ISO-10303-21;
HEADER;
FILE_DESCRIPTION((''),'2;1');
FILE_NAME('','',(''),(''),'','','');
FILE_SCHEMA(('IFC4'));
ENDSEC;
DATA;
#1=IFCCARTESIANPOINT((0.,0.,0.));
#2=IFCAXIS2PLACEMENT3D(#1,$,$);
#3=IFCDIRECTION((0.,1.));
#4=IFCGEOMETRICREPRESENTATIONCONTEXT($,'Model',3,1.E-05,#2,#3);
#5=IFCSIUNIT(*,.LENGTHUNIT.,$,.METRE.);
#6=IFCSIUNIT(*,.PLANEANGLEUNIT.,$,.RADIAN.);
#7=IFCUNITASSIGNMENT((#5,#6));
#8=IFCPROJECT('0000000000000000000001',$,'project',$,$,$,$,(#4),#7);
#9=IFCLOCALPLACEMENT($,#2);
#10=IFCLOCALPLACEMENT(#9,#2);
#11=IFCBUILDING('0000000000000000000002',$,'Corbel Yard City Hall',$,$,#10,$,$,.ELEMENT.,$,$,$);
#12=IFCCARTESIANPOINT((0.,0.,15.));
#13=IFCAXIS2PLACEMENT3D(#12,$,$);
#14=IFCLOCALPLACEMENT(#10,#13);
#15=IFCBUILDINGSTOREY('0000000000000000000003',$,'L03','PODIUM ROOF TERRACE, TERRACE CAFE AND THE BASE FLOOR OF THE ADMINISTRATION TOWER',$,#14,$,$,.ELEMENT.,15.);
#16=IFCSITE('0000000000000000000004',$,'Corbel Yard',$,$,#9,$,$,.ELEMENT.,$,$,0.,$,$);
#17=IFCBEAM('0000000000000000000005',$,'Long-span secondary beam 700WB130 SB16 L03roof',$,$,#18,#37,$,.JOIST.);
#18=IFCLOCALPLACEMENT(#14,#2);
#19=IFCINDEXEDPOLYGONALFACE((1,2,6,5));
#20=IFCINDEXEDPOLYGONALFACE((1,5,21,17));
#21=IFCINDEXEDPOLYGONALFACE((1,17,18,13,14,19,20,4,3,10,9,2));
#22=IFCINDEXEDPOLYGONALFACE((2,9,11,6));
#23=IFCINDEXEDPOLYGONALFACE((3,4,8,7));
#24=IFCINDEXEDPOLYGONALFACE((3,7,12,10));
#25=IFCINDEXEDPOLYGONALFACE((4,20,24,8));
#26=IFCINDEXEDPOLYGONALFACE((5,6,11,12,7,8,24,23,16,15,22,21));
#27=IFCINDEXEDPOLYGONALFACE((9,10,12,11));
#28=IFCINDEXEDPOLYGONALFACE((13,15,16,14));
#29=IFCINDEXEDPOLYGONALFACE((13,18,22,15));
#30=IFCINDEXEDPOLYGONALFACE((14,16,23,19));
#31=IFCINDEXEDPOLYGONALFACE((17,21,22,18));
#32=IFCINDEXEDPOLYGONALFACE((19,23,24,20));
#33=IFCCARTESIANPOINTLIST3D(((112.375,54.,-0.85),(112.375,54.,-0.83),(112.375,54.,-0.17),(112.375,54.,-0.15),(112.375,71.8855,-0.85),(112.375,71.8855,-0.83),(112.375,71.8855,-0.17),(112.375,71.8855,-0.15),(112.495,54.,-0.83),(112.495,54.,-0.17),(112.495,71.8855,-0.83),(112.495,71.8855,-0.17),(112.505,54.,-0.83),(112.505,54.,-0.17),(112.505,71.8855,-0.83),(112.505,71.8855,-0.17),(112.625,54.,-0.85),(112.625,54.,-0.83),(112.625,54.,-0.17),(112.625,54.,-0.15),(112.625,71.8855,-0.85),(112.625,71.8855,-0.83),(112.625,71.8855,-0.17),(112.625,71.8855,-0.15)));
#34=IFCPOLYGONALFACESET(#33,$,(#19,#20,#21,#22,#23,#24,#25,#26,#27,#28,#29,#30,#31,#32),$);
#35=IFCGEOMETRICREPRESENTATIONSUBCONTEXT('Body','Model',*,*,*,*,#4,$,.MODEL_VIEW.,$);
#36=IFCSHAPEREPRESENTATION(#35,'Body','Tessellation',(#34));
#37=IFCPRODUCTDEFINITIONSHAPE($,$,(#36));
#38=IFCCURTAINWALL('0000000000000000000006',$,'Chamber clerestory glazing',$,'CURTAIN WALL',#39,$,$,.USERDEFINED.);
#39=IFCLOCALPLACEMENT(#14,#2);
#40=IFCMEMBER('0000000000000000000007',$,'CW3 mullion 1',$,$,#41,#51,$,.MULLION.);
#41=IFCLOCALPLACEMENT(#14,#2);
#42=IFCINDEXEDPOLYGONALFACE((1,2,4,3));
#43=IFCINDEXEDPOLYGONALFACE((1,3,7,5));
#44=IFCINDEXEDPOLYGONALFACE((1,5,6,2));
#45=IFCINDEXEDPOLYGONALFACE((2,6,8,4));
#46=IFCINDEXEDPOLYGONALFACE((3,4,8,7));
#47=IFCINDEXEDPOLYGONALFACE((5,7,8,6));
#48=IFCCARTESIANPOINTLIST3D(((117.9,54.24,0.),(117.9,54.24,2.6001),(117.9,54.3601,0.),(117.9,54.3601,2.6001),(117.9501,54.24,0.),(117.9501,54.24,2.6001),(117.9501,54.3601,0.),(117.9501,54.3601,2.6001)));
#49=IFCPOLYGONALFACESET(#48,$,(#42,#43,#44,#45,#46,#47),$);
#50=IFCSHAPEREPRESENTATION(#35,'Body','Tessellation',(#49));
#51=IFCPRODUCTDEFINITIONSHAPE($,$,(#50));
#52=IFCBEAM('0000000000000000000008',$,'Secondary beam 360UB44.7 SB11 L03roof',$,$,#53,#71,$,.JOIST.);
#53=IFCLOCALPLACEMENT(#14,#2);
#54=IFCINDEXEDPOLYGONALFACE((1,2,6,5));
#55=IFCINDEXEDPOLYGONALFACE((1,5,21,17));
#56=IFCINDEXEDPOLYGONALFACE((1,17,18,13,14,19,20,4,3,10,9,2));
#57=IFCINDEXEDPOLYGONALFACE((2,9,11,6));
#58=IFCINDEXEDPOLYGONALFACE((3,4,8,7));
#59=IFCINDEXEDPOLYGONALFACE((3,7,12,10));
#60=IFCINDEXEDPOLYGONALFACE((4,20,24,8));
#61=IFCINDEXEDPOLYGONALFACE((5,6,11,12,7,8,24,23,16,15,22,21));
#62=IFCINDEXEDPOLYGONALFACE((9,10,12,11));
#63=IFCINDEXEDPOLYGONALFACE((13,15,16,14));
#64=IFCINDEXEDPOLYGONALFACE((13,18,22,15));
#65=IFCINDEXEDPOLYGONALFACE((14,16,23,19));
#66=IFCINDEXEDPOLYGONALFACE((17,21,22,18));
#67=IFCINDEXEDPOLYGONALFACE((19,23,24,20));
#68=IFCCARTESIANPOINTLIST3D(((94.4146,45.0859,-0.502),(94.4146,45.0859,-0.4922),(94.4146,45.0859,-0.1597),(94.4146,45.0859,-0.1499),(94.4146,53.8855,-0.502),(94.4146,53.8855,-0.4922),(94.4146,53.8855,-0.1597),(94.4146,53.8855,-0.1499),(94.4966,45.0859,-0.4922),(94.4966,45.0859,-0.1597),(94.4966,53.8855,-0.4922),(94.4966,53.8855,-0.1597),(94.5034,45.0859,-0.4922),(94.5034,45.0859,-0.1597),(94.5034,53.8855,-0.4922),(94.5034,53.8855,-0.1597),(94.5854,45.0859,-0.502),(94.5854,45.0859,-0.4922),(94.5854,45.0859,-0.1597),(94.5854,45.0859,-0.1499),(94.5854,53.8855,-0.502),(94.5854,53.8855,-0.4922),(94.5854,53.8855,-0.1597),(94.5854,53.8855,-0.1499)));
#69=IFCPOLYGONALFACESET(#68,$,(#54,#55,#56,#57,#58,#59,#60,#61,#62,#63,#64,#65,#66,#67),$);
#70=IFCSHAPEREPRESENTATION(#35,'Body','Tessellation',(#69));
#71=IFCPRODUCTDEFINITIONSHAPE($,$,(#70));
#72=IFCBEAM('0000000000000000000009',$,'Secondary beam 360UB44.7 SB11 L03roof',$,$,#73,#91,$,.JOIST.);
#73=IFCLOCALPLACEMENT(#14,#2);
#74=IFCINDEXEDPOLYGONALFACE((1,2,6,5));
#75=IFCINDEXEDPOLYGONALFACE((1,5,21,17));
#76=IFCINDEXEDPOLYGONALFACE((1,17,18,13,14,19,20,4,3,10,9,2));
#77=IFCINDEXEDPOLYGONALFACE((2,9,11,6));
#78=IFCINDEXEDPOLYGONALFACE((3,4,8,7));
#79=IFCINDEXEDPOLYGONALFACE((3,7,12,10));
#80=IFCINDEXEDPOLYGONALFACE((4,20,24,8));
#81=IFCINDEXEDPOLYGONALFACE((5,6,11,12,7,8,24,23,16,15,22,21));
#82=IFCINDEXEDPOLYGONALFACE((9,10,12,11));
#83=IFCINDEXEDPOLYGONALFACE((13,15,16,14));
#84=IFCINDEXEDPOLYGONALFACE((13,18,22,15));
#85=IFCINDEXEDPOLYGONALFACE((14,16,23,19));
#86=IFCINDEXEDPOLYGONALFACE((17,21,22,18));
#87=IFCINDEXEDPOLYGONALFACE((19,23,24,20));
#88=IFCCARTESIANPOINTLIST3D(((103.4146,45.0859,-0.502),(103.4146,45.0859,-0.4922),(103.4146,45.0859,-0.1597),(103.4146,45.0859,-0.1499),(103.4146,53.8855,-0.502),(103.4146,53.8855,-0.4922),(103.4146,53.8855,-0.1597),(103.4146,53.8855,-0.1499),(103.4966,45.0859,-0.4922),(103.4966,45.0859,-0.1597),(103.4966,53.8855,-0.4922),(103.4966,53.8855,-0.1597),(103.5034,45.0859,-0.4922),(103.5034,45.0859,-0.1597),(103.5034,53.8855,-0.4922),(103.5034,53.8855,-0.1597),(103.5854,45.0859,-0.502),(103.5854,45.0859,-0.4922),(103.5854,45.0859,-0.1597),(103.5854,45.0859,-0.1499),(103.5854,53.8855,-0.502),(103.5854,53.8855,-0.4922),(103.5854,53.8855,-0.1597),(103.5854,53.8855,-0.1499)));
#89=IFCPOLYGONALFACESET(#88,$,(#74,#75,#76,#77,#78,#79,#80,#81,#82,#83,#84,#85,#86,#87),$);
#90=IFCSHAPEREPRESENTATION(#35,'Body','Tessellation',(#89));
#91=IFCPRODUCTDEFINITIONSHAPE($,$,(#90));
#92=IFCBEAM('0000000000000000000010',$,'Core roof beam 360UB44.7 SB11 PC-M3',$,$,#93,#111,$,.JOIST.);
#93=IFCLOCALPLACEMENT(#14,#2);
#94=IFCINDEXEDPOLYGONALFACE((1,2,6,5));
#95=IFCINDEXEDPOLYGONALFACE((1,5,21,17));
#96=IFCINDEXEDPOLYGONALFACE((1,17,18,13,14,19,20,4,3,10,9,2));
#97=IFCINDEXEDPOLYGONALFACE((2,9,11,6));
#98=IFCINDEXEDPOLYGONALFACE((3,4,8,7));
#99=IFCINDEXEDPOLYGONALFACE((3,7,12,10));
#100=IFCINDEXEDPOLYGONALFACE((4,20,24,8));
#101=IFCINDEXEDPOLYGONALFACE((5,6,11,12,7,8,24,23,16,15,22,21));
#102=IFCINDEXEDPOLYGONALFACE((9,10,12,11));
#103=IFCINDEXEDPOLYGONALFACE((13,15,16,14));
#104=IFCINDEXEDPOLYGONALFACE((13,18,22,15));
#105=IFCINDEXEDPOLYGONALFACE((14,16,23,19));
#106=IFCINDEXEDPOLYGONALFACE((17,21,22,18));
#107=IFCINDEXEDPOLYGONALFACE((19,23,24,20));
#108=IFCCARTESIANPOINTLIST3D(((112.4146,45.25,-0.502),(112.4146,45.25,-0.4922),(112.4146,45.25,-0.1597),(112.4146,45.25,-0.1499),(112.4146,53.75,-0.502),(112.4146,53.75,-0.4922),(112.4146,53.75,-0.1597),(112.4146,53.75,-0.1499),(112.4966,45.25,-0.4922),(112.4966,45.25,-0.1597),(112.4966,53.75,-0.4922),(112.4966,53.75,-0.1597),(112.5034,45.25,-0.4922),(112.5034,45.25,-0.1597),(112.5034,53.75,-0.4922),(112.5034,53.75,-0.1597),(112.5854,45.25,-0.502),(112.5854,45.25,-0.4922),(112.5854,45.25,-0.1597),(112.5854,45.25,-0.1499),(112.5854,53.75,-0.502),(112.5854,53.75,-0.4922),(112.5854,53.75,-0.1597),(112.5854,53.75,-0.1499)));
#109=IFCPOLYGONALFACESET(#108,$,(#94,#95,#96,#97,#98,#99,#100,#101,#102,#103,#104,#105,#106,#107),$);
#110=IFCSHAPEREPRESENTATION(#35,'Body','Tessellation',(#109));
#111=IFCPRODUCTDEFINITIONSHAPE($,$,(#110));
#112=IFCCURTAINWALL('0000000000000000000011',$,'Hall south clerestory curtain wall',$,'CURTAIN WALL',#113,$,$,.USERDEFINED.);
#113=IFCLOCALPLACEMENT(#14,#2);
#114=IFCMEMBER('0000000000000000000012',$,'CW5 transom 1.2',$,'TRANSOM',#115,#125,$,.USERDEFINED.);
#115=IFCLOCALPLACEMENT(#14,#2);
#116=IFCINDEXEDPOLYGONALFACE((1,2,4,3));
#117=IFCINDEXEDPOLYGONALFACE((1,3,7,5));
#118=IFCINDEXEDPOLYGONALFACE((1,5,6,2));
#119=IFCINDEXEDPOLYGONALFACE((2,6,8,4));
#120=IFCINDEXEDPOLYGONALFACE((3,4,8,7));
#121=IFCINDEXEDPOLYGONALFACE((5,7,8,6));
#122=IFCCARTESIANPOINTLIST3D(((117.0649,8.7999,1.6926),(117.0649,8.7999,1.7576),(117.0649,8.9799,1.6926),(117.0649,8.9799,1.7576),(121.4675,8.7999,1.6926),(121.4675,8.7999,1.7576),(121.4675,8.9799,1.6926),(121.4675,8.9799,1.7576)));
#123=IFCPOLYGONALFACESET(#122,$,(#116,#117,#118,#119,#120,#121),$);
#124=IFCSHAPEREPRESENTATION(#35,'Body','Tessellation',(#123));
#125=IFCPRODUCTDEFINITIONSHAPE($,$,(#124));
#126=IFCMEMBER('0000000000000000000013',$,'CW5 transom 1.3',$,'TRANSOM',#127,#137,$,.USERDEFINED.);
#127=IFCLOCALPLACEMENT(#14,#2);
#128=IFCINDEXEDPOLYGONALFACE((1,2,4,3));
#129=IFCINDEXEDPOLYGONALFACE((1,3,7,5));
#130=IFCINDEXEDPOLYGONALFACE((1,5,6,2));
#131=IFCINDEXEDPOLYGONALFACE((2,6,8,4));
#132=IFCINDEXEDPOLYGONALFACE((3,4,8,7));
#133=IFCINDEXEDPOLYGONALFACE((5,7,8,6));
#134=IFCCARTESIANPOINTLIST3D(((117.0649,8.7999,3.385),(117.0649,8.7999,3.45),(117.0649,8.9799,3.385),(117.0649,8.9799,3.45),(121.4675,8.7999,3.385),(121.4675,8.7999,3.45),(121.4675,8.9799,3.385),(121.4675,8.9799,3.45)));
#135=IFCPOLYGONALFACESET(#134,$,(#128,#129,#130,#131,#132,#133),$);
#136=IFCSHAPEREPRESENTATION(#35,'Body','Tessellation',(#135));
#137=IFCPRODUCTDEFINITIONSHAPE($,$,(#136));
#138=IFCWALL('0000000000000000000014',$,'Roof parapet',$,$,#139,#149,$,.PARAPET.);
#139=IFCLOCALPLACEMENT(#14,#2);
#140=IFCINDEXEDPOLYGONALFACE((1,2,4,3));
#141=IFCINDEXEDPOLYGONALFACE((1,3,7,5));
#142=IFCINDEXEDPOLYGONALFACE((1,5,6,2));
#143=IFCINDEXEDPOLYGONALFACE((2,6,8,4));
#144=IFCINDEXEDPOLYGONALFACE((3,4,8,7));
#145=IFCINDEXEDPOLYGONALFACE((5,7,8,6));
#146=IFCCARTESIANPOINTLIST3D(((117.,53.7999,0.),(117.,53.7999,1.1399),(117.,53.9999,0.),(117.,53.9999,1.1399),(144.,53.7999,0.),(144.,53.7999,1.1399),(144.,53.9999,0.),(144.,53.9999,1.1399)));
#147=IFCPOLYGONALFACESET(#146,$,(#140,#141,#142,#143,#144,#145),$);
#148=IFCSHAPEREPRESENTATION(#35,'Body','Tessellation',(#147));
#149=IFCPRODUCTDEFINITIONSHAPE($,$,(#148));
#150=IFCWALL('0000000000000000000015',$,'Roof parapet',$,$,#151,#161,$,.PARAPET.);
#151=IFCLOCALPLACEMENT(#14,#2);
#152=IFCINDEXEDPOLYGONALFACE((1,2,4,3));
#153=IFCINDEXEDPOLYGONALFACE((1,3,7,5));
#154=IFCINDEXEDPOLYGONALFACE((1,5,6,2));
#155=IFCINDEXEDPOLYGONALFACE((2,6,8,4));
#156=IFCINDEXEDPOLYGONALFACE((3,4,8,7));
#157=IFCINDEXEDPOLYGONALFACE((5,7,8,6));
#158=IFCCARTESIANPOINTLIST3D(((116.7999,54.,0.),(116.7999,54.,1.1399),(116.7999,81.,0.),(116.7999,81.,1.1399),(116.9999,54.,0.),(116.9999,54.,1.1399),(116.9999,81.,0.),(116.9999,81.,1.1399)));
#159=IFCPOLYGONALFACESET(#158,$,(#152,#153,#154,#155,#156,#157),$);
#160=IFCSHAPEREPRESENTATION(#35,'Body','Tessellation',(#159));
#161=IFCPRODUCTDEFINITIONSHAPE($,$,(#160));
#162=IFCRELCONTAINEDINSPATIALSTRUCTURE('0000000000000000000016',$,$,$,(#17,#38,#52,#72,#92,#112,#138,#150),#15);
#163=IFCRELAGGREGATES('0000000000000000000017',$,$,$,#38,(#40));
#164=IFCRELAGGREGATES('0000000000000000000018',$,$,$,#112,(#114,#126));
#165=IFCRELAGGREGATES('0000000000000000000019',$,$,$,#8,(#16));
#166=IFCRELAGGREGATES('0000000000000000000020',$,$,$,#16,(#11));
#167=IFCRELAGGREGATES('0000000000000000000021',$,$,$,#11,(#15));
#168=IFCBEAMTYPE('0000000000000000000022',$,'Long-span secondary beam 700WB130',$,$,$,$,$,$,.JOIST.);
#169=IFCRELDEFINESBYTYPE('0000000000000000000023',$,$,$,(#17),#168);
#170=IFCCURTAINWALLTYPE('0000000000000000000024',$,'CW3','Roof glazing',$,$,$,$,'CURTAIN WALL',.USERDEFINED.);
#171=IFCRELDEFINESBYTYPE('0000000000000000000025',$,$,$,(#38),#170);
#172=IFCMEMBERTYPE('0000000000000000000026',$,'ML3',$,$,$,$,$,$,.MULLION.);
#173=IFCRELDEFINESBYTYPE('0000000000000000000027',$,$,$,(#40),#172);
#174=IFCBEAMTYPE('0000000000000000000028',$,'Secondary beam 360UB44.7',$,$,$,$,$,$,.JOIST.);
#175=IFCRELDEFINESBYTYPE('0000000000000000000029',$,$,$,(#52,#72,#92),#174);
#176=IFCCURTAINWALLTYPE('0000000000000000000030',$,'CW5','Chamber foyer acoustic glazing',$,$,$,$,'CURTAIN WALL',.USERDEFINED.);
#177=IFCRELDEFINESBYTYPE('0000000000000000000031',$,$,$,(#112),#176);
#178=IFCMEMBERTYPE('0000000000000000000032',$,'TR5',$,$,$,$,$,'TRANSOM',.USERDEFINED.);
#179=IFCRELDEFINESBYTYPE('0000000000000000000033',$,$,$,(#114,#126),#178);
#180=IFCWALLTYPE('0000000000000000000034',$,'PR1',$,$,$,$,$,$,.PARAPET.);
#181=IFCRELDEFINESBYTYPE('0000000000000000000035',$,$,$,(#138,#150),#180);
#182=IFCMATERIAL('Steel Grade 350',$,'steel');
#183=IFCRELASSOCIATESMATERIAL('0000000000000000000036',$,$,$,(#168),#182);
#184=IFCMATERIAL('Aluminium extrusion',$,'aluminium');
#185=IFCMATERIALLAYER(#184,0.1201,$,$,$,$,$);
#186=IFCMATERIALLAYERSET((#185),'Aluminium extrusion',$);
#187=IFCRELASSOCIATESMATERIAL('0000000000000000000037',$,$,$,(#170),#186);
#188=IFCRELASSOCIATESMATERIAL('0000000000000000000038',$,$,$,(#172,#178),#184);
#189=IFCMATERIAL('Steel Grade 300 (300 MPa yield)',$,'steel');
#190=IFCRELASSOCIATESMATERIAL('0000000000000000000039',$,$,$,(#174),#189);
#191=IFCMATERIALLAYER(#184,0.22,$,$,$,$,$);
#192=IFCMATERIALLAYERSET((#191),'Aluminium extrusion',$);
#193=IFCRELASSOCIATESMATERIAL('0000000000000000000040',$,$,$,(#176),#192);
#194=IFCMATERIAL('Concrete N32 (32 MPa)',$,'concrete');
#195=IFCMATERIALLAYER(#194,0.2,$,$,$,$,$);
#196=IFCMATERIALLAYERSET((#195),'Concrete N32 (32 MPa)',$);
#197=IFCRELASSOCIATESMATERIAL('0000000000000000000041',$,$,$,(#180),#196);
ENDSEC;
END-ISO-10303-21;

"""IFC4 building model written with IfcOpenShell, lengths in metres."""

from ifc_helpers import new_model, si_unit, direction, frame, frame_2d, origin, origin_2d, place, context, subcontext, project, spatial, rectangle, i_section, extrude, material, layer, layer_set, material_profile, profile_set, type_object, element, aggregate, save


model = new_model("IFC4")

# Units and contexts
model_context = context("Model", 3, precision=1e-05, world=origin(), true_north=direction((0.0, 1.0)))
body_context = subcontext(model_context, "Body", "Model", "MODEL_VIEW")
ifc_project = project(units=[si_unit("LENGTHUNIT", "METRE"), si_unit("PLANEANGLEUNIT", "RADIAN")], contexts=[model_context])

# Site, building, storey
site_placement = place(None, origin())
site = spatial("IfcSite", under=ifc_project, at=site_placement, Name="Corbel Yard", CompositionType="ELEMENT", RefElevation=0.0)
building_placement = place(site_placement, origin())
building = spatial("IfcBuilding", under=site, at=building_placement, Name="Corbel Yard City Hall", CompositionType="ELEMENT")
storey_placement = place(building_placement, frame((0.0, 0.0, 15.0)))
storey = spatial("IfcBuildingStorey", under=building, at=storey_placement, Name="L03", Description="PODIUM ROOF TERRACE, TERRACE CAFE AND THE BASE FLOOR OF THE ADMINISTRATION TOWER", CompositionType="ELEMENT", Elevation=15.0)

# Beam
ifc_material_1 = material(Name="Steel Grade 300 (300 MPa yield)", Category="steel")
ifc_material_2 = material(Name="Steel Grade 350", Category="steel")
ifc_material_profile_1 = material_profile(ifc_material_2, i_section(OverallWidth=0.25, OverallDepth=0.7, WebThickness=0.01, FlangeThickness=0.02, at=origin_2d()), Name="700WB130")
ifc_profile_set_1 = profile_set([ifc_material_profile_1], Name="Steel Grade 350")
beam_type_1 = type_object("IfcBeamType", Name="Long-span secondary beam 700WB130", PredefinedType="JOIST", material=ifc_profile_set_1)
beam_1_placement = place(storey_placement, frame((112.5, 54.0, -0.5), z_axis=(0.0, 1.0, 0.0), x_axis=(-1.0, 0.0, 0.0)))
element("IfcBeam", 1, at=beam_1_placement, inside=storey, type_object=beam_type_1, Name="Long-span secondary beam 700WB130 SB16 L03roof", PredefinedType="JOIST", context=body_context, shape_type="SweptSolid", body=[
    extrude(i_section(OverallWidth=0.25, OverallDepth=0.7, WebThickness=0.01, FlangeThickness=0.02, at=origin_2d()), origin(), (0.0, 0.0, 1.0), 17.8855),
])

# Curtain wall, member
ifc_material_3 = material(Name="Aluminium extrusion", Category="aluminium")
ifc_layer_1 = layer(ifc_material_3, 0.1201)
ifc_layer_set_1 = layer_set([ifc_layer_1], Name="Aluminium extrusion")
curtain_wall_type_1 = type_object("IfcCurtainWallType", Name="CW3", Description="Roof glazing", ElementType="CURTAIN WALL", PredefinedType="USERDEFINED", material=ifc_layer_set_1)
curtain_wall_1_placement = place(storey_placement, origin())
curtain_wall_1 = element("IfcCurtainWall", 2, at=curtain_wall_1_placement, inside=storey, type_object=curtain_wall_type_1, Name="Chamber clerestory glazing", ObjectType="CURTAIN WALL", PredefinedType="USERDEFINED")
ifc_material_profile_2 = material_profile(ifc_material_3, rectangle(XDim=0.1201, YDim=0.05, at=origin_2d()), Name="120x50")
ifc_profile_set_2 = profile_set([ifc_material_profile_2], Name="Aluminium extrusion")
member_type_1 = type_object("IfcMemberType", Name="ML3", PredefinedType="MULLION", material=ifc_profile_set_2)
member_1_placement = place(storey_placement, frame((117.925, 54.3, 0.0), z_axis=(0.0, 0.0, 1.0), x_axis=(0.0, 1.0, 0.0)))
member_1 = element("IfcMember", 3, at=member_1_placement, type_object=member_type_1, Name="CW3 mullion 1", PredefinedType="MULLION", context=body_context, shape_type="SweptSolid", body=[
    extrude(rectangle(XDim=0.1201, YDim=0.05, at=origin_2d()), origin(), (0.0, 0.0, 1.0), 2.6001),
])
aggregate(curtain_wall_1, [member_1])

# Beams
ifc_material_profile_3 = material_profile(ifc_material_1, i_section(OverallWidth=0.1709, OverallDepth=0.3521, WebThickness=0.0068, FlangeThickness=0.0098, at=origin_2d()), Name="360UB44.7")
ifc_profile_set_3 = profile_set([ifc_material_profile_3], Name="Steel Grade 300 (300 MPa yield)")
beam_type_2 = type_object("IfcBeamType", Name="Secondary beam 360UB44.7", PredefinedType="JOIST", material=ifc_profile_set_3)
for number, where, z_axis, x_axis, name in (
    (4, (94.5, 45.0859, -0.3259), (0.0, 1.0, 0.0), (-1.0, 0.0, 0.0), "Secondary beam 360UB44.7 SB11 L03roof"),
    (5, (103.5, 45.0859, -0.3259), (0.0, 1.0, 0.0), (-1.0, 0.0, 0.0), "Secondary beam 360UB44.7 SB11 L03roof"),
):
    element("IfcBeam", number, at=place(storey_placement, frame(where, z_axis=z_axis, x_axis=x_axis)), inside=storey, type_object=beam_type_2, Name=name, PredefinedType="JOIST", context=body_context, shape_type="SweptSolid", body=[
        extrude(i_section(OverallWidth=0.1709, OverallDepth=0.3521, WebThickness=0.0068, FlangeThickness=0.0098, at=origin_2d()), origin(), (0.0, 0.0, 1.0), 8.7996),
    ])
beam_2_placement = place(storey_placement, frame((112.5, 45.25, -0.3259), z_axis=(0.0, 1.0, 0.0), x_axis=(-1.0, 0.0, 0.0)))
element("IfcBeam", 6, at=beam_2_placement, inside=storey, type_object=beam_type_2, Name="Core roof beam 360UB44.7 SB11 PC-M3", PredefinedType="JOIST", context=body_context, shape_type="SweptSolid", body=[
    extrude(i_section(OverallWidth=0.1709, OverallDepth=0.3521, WebThickness=0.0068, FlangeThickness=0.0098, at=origin_2d()), origin(), (0.0, 0.0, 1.0), 8.5),
])

# Curtain wall, members
ifc_layer_2 = layer(ifc_material_3, 0.22)
ifc_layer_set_2 = layer_set([ifc_layer_2], Name="Aluminium extrusion")
curtain_wall_type_2 = type_object("IfcCurtainWallType", Name="CW5", Description="Chamber foyer acoustic glazing", ElementType="CURTAIN WALL", PredefinedType="USERDEFINED", material=ifc_layer_set_2)
curtain_wall_2_placement = place(storey_placement, origin())
curtain_wall_2 = element("IfcCurtainWall", 7, at=curtain_wall_2_placement, inside=storey, type_object=curtain_wall_type_2, Name="Hall south clerestory curtain wall", ObjectType="CURTAIN WALL", PredefinedType="USERDEFINED")
ifc_material_profile_4 = material_profile(ifc_material_3, rectangle(XDim=0.1799, YDim=0.0649, at=origin_2d()), Name="180x65")
ifc_profile_set_4 = profile_set([ifc_material_profile_4], Name="Aluminium extrusion")
member_type_2 = type_object("IfcMemberType", Name="TR5", ElementType="TRANSOM", PredefinedType="USERDEFINED", material=ifc_profile_set_4)
member_2_placement = place(storey_placement, frame((117.0649, 8.8899, 1.7251), z_axis=(1.0, 0.0, 0.0), x_axis=(0.0, 1.0, 0.0)))
member_2 = element("IfcMember", 8, at=member_2_placement, type_object=member_type_2, Name="CW5 transom 1.2", ObjectType="TRANSOM", PredefinedType="USERDEFINED", context=body_context, shape_type="SweptSolid", body=[
    extrude(rectangle(XDim=0.1799, YDim=0.0649, at=origin_2d()), origin(), (0.0, 0.0, 1.0), 4.4026),
])
member_3_placement = place(storey_placement, frame((117.0649, 8.8899, 3.4175), z_axis=(1.0, 0.0, 0.0), x_axis=(0.0, 1.0, 0.0)))
member_3 = element("IfcMember", 9, at=member_3_placement, type_object=member_type_2, Name="CW5 transom 1.3", ObjectType="TRANSOM", PredefinedType="USERDEFINED", context=body_context, shape_type="SweptSolid", body=[
    extrude(rectangle(XDim=0.1799, YDim=0.0649, at=origin_2d()), origin(), (0.0, 0.0, 1.0), 4.4026),
])
aggregate(curtain_wall_2, [member_2, member_3])

# Walls
ifc_material_4 = material(Name="Concrete N32 (32 MPa)", Category="concrete")
ifc_layer_3 = layer(ifc_material_4, 0.2)
ifc_layer_set_3 = layer_set([ifc_layer_3], Name="Concrete N32 (32 MPa)")
wall_type = type_object("IfcWallType", Name="PR1", PredefinedType="PARAPET", material=ifc_layer_set_3)
for number, where, z_axis, x_axis, name in (
    (10, (117.0, 53.8999, 0.0), (0.0, 0.0, 1.0), (1.0, 0.0, 0.0), "Roof parapet"),
    (11, (116.8999, 54.0, 0.0), (0.0, 0.0, 1.0), (0.0, 1.0, 0.0), "Roof parapet"),
):
    element("IfcWall", number, at=place(storey_placement, frame(where, z_axis=z_axis, x_axis=x_axis)), inside=storey, type_object=wall_type, Name=name, PredefinedType="PARAPET", context=body_context, shape_type="SweptSolid", body=[
        extrude(rectangle(XDim=27.0, YDim=0.2, at=frame_2d((13.5, 0.0))), origin(), (0.0, 0.0, 1.0), 1.1399),
    ])

save(model, "model.ifc")
